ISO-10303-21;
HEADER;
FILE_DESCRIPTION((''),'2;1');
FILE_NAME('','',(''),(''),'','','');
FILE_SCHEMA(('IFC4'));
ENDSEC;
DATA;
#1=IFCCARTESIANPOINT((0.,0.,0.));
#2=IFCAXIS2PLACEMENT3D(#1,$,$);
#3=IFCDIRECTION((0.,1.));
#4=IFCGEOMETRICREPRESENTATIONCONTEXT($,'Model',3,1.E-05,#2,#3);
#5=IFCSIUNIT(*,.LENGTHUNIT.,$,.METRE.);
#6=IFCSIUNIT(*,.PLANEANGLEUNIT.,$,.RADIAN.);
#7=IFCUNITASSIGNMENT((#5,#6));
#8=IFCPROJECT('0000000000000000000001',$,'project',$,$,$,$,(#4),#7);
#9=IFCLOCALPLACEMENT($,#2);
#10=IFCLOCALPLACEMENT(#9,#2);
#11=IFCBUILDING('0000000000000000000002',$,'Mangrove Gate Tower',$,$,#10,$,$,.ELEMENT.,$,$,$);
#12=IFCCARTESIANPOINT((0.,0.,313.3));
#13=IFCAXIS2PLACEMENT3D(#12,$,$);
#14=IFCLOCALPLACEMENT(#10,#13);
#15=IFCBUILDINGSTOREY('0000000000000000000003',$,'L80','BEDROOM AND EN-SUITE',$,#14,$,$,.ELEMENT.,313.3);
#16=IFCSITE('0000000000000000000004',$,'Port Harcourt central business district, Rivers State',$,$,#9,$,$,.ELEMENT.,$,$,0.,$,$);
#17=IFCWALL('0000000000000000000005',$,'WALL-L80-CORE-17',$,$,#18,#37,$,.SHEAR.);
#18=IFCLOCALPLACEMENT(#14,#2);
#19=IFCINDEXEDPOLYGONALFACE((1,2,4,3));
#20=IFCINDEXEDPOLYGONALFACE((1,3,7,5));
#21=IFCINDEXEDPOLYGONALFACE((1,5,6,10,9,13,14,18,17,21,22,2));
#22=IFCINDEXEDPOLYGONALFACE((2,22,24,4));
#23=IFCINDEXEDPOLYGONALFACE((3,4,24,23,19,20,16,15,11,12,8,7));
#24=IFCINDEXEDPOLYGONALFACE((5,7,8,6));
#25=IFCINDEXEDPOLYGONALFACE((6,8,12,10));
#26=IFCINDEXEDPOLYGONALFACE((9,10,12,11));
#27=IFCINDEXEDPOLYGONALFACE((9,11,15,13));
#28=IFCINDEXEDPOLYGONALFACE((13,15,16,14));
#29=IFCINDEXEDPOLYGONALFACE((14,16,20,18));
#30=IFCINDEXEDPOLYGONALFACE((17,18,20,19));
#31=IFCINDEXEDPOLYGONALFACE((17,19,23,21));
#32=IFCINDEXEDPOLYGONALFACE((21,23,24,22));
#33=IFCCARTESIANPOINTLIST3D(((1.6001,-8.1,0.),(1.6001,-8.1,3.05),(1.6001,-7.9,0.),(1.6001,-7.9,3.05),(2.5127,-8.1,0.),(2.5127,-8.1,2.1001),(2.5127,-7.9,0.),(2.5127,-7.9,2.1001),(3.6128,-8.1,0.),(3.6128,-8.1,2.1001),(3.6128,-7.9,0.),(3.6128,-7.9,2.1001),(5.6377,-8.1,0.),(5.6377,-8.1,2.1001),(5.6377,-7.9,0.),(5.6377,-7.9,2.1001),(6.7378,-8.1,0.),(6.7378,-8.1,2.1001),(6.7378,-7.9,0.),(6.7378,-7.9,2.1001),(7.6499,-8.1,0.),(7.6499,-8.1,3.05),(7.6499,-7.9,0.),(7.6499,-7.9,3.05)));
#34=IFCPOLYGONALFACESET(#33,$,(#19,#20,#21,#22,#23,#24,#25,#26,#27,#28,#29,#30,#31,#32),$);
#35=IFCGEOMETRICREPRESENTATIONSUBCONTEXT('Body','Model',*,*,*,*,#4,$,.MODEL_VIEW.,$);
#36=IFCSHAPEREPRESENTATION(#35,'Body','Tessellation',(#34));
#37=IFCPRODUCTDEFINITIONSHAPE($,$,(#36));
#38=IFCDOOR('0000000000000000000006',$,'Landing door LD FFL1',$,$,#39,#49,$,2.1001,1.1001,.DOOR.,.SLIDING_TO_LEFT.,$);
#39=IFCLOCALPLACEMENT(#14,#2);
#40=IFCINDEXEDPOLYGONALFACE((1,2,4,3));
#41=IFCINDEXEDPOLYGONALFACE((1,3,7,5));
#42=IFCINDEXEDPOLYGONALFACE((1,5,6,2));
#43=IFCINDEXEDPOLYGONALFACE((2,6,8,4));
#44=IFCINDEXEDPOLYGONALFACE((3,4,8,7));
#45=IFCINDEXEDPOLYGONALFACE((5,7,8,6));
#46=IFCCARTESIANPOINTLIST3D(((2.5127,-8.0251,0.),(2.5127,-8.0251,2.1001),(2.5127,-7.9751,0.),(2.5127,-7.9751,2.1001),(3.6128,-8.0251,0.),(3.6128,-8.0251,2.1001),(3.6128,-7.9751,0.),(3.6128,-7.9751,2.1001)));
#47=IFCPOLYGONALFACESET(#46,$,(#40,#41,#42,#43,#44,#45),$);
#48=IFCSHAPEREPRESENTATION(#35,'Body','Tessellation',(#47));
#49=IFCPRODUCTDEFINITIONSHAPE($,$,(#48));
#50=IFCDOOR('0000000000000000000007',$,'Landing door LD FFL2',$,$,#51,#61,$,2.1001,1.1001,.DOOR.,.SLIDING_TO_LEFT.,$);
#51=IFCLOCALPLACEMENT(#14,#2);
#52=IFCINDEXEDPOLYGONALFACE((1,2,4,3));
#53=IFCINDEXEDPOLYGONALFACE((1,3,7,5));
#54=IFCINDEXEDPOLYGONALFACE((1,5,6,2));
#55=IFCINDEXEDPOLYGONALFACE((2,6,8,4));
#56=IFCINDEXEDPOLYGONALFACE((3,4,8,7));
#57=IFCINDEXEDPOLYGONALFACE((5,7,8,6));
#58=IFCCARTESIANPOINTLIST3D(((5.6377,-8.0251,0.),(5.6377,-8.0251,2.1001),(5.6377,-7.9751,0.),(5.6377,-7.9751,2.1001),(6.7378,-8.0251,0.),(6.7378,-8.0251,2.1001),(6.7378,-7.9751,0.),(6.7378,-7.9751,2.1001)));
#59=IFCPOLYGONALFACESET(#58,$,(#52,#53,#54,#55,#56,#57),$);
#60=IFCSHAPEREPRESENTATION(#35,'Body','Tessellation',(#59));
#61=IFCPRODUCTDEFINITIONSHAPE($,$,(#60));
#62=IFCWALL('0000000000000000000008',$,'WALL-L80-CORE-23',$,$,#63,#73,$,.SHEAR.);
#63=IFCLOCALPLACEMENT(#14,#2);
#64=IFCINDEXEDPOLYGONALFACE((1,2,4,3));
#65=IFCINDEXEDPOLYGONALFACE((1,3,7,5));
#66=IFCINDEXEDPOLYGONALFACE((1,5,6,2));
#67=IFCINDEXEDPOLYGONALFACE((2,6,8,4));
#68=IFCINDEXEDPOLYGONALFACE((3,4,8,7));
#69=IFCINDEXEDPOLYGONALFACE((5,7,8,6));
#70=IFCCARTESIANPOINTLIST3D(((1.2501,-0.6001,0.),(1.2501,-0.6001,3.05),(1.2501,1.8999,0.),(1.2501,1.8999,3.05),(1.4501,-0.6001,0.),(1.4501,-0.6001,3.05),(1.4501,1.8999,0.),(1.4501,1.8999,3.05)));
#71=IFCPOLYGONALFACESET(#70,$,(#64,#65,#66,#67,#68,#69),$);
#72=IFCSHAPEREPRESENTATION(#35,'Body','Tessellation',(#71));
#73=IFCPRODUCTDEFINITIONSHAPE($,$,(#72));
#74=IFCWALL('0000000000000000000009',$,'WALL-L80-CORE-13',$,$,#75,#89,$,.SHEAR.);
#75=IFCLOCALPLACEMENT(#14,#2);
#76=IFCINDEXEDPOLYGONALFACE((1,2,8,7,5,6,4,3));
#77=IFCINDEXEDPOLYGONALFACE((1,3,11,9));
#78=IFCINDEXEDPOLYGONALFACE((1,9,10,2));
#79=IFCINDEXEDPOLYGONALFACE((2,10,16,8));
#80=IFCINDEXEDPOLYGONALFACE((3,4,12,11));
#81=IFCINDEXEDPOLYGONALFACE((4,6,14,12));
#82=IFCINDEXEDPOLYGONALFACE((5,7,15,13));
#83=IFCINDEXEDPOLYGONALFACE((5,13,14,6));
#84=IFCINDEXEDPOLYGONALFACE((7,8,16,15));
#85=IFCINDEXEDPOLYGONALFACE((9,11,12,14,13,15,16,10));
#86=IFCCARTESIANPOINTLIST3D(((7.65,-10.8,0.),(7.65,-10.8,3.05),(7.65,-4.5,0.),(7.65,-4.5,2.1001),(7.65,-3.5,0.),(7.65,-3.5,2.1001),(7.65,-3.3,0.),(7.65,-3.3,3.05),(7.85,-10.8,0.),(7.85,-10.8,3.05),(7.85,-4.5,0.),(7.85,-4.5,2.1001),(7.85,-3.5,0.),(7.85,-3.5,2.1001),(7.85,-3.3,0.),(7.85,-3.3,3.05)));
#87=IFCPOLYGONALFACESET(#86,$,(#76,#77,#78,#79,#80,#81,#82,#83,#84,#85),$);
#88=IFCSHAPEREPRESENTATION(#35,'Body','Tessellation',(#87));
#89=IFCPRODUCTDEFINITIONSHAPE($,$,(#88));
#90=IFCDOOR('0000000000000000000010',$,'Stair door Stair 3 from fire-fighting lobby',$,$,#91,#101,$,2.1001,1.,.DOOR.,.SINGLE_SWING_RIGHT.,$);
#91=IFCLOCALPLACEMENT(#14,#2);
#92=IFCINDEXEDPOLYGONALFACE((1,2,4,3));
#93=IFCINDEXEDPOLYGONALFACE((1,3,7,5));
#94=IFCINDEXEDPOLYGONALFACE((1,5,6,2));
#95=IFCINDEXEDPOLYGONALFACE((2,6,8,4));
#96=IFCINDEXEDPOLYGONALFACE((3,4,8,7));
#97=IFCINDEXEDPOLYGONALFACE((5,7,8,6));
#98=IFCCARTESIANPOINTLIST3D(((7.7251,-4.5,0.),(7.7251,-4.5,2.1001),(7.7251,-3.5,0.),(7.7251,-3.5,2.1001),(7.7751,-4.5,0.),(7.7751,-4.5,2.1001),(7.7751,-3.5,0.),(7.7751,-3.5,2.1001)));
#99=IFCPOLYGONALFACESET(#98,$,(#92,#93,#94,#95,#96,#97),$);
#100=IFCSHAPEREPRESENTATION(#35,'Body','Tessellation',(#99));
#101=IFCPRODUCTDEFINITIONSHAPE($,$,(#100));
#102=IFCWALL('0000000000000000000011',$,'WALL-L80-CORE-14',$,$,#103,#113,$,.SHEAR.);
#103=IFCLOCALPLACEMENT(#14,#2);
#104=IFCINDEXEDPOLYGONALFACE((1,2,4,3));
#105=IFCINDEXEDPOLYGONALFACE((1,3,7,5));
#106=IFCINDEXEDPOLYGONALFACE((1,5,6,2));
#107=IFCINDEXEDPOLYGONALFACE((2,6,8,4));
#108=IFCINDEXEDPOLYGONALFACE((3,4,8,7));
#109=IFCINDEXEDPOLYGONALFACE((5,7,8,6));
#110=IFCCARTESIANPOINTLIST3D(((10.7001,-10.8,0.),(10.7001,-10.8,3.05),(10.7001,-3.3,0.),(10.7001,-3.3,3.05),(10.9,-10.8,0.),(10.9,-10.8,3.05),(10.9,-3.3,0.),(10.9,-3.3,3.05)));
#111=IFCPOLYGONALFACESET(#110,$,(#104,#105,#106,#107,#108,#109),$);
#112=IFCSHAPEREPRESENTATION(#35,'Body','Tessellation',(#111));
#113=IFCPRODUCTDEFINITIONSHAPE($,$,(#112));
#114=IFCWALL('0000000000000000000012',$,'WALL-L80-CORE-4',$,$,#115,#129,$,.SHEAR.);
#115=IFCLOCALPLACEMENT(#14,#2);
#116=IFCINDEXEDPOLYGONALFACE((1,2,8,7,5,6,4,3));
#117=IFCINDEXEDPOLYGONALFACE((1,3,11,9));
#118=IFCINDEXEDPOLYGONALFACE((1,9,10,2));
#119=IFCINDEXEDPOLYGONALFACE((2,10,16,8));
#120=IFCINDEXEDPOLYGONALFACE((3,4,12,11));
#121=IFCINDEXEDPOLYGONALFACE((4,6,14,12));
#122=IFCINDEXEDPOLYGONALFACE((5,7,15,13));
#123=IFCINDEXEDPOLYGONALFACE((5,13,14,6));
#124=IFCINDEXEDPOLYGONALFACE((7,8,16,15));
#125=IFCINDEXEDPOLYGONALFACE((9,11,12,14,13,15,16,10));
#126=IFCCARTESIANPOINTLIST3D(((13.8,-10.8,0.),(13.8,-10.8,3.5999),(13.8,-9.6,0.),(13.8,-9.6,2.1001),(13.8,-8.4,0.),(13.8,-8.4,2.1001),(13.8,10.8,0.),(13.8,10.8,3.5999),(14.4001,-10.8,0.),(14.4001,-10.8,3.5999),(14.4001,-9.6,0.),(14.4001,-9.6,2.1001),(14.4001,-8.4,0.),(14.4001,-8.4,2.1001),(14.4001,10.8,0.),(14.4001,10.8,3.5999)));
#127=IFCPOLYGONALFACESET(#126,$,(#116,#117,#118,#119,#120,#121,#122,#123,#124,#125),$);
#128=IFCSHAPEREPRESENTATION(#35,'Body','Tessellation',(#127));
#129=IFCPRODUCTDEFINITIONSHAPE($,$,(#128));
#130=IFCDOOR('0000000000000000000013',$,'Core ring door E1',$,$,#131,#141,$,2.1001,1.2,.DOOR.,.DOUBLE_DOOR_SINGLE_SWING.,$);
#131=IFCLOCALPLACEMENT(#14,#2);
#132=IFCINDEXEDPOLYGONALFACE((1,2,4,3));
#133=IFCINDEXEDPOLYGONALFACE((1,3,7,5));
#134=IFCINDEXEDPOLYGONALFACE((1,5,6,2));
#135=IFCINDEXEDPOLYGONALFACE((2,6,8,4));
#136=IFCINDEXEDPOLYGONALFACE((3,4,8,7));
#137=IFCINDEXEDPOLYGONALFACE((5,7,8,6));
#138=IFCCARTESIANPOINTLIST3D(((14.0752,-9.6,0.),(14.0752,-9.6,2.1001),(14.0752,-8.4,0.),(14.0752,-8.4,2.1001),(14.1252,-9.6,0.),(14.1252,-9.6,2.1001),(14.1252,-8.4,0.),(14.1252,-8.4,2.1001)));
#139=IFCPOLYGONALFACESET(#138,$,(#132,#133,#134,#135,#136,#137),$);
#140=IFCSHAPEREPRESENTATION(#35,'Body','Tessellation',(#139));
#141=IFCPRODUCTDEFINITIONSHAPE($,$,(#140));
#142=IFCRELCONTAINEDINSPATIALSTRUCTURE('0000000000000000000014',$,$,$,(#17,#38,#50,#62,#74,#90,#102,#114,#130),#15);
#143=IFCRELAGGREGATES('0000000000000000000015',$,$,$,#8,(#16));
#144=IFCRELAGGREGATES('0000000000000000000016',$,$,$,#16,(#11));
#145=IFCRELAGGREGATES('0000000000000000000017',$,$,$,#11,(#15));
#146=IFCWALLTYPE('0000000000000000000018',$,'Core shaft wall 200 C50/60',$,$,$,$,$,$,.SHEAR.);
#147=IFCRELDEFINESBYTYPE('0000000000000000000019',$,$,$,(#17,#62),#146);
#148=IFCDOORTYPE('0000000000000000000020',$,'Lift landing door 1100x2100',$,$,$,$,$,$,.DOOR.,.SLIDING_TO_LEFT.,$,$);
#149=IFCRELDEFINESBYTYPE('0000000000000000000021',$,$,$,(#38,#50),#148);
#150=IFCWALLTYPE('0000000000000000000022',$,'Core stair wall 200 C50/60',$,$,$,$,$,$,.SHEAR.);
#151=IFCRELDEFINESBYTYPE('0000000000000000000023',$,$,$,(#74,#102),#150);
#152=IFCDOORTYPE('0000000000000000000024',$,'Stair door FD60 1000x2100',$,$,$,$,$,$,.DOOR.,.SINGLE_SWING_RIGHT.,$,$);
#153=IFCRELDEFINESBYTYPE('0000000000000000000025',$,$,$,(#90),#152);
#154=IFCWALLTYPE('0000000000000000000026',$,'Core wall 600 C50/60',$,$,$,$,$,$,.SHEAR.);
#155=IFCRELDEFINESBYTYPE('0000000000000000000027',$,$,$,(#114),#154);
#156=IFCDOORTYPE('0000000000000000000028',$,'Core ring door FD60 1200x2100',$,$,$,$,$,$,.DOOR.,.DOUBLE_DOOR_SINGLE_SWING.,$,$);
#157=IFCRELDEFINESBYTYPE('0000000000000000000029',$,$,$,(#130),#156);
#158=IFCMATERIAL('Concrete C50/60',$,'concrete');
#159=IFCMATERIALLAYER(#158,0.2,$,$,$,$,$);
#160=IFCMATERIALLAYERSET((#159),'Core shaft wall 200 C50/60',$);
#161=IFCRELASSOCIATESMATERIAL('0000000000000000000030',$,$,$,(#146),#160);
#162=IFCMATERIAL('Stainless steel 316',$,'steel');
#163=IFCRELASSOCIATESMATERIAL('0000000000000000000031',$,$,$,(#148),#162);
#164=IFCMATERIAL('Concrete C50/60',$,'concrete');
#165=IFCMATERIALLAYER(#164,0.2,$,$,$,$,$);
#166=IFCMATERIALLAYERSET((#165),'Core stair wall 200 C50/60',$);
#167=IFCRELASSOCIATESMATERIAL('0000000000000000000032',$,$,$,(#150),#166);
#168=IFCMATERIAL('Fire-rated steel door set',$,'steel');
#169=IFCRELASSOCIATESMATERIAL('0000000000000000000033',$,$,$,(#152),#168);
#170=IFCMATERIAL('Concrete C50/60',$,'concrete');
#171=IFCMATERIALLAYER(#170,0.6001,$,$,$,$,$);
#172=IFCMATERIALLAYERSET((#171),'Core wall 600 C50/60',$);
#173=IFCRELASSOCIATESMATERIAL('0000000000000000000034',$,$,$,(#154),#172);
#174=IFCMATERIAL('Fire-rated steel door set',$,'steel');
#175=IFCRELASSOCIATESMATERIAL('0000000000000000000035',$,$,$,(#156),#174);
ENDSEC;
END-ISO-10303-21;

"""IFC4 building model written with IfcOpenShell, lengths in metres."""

from ifc_helpers import new_model, si_unit, direction, frame, frame_2d, origin, place, context, subcontext, project, spatial, rectangle, extrude, material, layer, layer_set, type_object, element, fill, save


model = new_model("IFC4")

# Units and contexts
model_context = context("Model", 3, precision=1e-05, world=origin(), true_north=direction((0.0, 1.0)))
body_context = subcontext(model_context, "Body", "Model", "MODEL_VIEW")
ifc_project = project(units=[si_unit("LENGTHUNIT", "METRE"), si_unit("PLANEANGLEUNIT", "RADIAN")], contexts=[model_context])

# Site, building, storey
site_placement = place(None, origin())
site = spatial("IfcSite", under=ifc_project, at=site_placement, Name="Port Harcourt central business district, Rivers State", CompositionType="ELEMENT", RefElevation=0.0)
building_placement = place(site_placement, origin())
building = spatial("IfcBuilding", under=site, at=building_placement, Name="Mangrove Gate Tower", CompositionType="ELEMENT")
storey_placement = place(building_placement, frame((0.0, 0.0, 313.3)))
storey = spatial("IfcBuildingStorey", under=building, at=storey_placement, Name="L80", Description="BEDROOM AND EN-SUITE", CompositionType="ELEMENT", Elevation=313.3)

# Wall, openings, doors
ifc_material_1 = material(Name="Concrete C50/60", Category="concrete")
ifc_layer_1 = layer(ifc_material_1, 0.2)
ifc_layer_set_1 = layer_set([ifc_layer_1], Name="Core shaft wall 200 C50/60")
wall_type_1 = type_object("IfcWallType", Name="Core shaft wall 200 C50/60", PredefinedType="SHEAR", material=ifc_layer_set_1)
wall_1_placement = place(storey_placement, frame((1.6001, -8.0, 0.0), z_axis=(0.0, 0.0, 1.0), x_axis=(1.0, 0.0, 0.0)))
wall_1 = element("IfcWall", 1, at=wall_1_placement, inside=storey, type_object=wall_type_1, Name="WALL-L80-CORE-17", PredefinedType="SHEAR", context=body_context, shape_type="SweptSolid", body=[
    extrude(rectangle(XDim=6.0498, YDim=0.2, at=frame_2d((3.0249, 0.0))), origin(), (0.0, 0.0, 1.0), 3.05),
])
opening_1_placement = place(wall_1_placement, frame((0.9126, 0.0, 0.0)))
opening_1 = element("IfcOpeningElement", 2, at=opening_1_placement, cuts=wall_1, PredefinedType="OPENING", context=body_context, shape_type="SweptSolid", body=[
    extrude(rectangle(XDim=1.1001, YDim=2.1001, at=frame_2d((0.55, 1.05))), frame((0.0, 0.1099, 0.0), z_axis=(0.0, -1.0, 0.0), x_axis=(1.0, 0.0, 0.0)), (0.0, 0.0, 1.0), 0.22),
])
opening_2_placement = place(wall_1_placement, frame((4.0376, 0.0, 0.0)))
opening_2 = element("IfcOpeningElement", 3, at=opening_2_placement, cuts=wall_1, PredefinedType="OPENING", context=body_context, shape_type="SweptSolid", body=[
    extrude(rectangle(XDim=1.1001, YDim=2.1001, at=frame_2d((0.55, 1.05))), frame((0.0, 0.1099, 0.0), z_axis=(0.0, -1.0, 0.0), x_axis=(1.0, 0.0, 0.0)), (0.0, 0.0, 1.0), 0.22),
])
ifc_material_2 = material(Name="Stainless steel 316", Category="steel")
door_type_1 = type_object("IfcDoorType", Name="Lift landing door 1100x2100", OperationType="SLIDING_TO_LEFT", PredefinedType="DOOR", material=ifc_material_2)
door_1_placement = place(opening_1_placement, origin())
door_1 = element("IfcDoor", 4, at=door_1_placement, inside=storey, type_object=door_type_1, Name="Landing door LD FFL1", OperationType="SLIDING_TO_LEFT", OverallHeight=2.1001, OverallWidth=1.1001, PredefinedType="DOOR", context=body_context, shape_type="SweptSolid", body=[
    extrude(rectangle(XDim=1.1001, YDim=2.1001, at=frame_2d((0.55, 1.05))), frame((0.0, 0.0249, 0.0), z_axis=(0.0, -1.0, 0.0), x_axis=(1.0, 0.0, 0.0)), (0.0, 0.0, 1.0), 0.05),
])
fill(opening_1, door_1)
door_2_placement = place(opening_2_placement, origin())
door_2 = element("IfcDoor", 5, at=door_2_placement, inside=storey, type_object=door_type_1, Name="Landing door LD FFL2", OperationType="SLIDING_TO_LEFT", OverallHeight=2.1001, OverallWidth=1.1001, PredefinedType="DOOR", context=body_context, shape_type="SweptSolid", body=[
    extrude(rectangle(XDim=1.1001, YDim=2.1001, at=frame_2d((0.55, 1.05))), frame((0.0, 0.0249, 0.0), z_axis=(0.0, -1.0, 0.0), x_axis=(1.0, 0.0, 0.0)), (0.0, 0.0, 1.0), 0.05),
])
fill(opening_2, door_2)

# Wall
wall_2_placement = place(storey_placement, frame((1.3501, -0.6001, 0.0), z_axis=(0.0, 0.0, 1.0), x_axis=(0.0, 1.0, 0.0)))
element("IfcWall", 6, at=wall_2_placement, inside=storey, type_object=wall_type_1, Name="WALL-L80-CORE-23", PredefinedType="SHEAR", context=body_context, shape_type="SweptSolid", body=[
    extrude(rectangle(XDim=2.5, YDim=0.2, at=frame_2d((1.25, 0.0))), origin(), (0.0, 0.0, 1.0), 3.05),
])

# Wall, opening, door
ifc_material_3 = material(Name="Concrete C50/60", Category="concrete")
ifc_layer_2 = layer(ifc_material_3, 0.2)
ifc_layer_set_2 = layer_set([ifc_layer_2], Name="Core stair wall 200 C50/60")
wall_type_2 = type_object("IfcWallType", Name="Core stair wall 200 C50/60", PredefinedType="SHEAR", material=ifc_layer_set_2)
wall_3_placement = place(storey_placement, frame((7.75, -10.8, 0.0), z_axis=(0.0, 0.0, 1.0), x_axis=(0.0, 1.0, 0.0)))
wall_3 = element("IfcWall", 7, at=wall_3_placement, inside=storey, type_object=wall_type_2, Name="WALL-L80-CORE-13", PredefinedType="SHEAR", context=body_context, shape_type="SweptSolid", body=[
    extrude(rectangle(XDim=7.5, YDim=0.2, at=frame_2d((3.75, 0.0))), origin(), (0.0, 0.0, 1.0), 3.05),
])
opening_3_placement = place(wall_3_placement, frame((6.3, 0.0, 0.0)))
opening_3 = element("IfcOpeningElement", 8, at=opening_3_placement, cuts=wall_3, PredefinedType="OPENING", context=body_context, shape_type="SweptSolid", body=[
    extrude(rectangle(XDim=1.0, YDim=2.1001, at=frame_2d((0.5, 1.05))), frame((0.0, 0.1099, 0.0), z_axis=(0.0, -1.0, 0.0), x_axis=(1.0, 0.0, 0.0)), (0.0, 0.0, 1.0), 0.22),
])
ifc_material_4 = material(Name="Fire-rated steel door set", Category="steel")
door_type_2 = type_object("IfcDoorType", Name="Stair door FD60 1000x2100", OperationType="SINGLE_SWING_RIGHT", PredefinedType="DOOR", material=ifc_material_4)
door_3_placement = place(opening_3_placement, origin())
door_3 = element("IfcDoor", 9, at=door_3_placement, inside=storey, type_object=door_type_2, Name="Stair door Stair 3 from fire-fighting lobby", OperationType="SINGLE_SWING_RIGHT", OverallHeight=2.1001, OverallWidth=1.0, PredefinedType="DOOR", context=body_context, shape_type="SweptSolid", body=[
    extrude(rectangle(XDim=1.0, YDim=2.1001, at=frame_2d((0.5, 1.05))), frame((0.0, 0.0249, 0.0), z_axis=(0.0, -1.0, 0.0), x_axis=(1.0, 0.0, 0.0)), (0.0, 0.0, 1.0), 0.05),
])
fill(opening_3, door_3)

# Wall
wall_4_placement = place(storey_placement, frame((10.8, -10.8, 0.0), z_axis=(0.0, 0.0, 1.0), x_axis=(0.0, 1.0, 0.0)))
element("IfcWall", 10, at=wall_4_placement, inside=storey, type_object=wall_type_2, Name="WALL-L80-CORE-14", PredefinedType="SHEAR", context=body_context, shape_type="SweptSolid", body=[
    extrude(rectangle(XDim=7.5, YDim=0.2, at=frame_2d((3.75, 0.0))), origin(), (0.0, 0.0, 1.0), 3.05),
])

# Wall, opening, door
ifc_material_5 = material(Name="Concrete C50/60", Category="concrete")
ifc_layer_3 = layer(ifc_material_5, 0.6001)
ifc_layer_set_3 = layer_set([ifc_layer_3], Name="Core wall 600 C50/60")
wall_type_3 = type_object("IfcWallType", Name="Core wall 600 C50/60", PredefinedType="SHEAR", material=ifc_layer_set_3)
wall_5_placement = place(storey_placement, frame((14.1001, -10.8, 0.0), z_axis=(0.0, 0.0, 1.0), x_axis=(0.0, 1.0, 0.0)))
wall_5 = element("IfcWall", 11, at=wall_5_placement, inside=storey, type_object=wall_type_3, Name="WALL-L80-CORE-4", PredefinedType="SHEAR", context=body_context, shape_type="SweptSolid", body=[
    extrude(rectangle(XDim=21.6001, YDim=0.6001, at=frame_2d((10.8, 0.0))), origin(), (0.0, 0.0, 1.0), 3.5999),
])
opening_4_placement = place(wall_5_placement, frame((1.2, 0.0, 0.0)))
opening_4 = element("IfcOpeningElement", 12, at=opening_4_placement, cuts=wall_5, PredefinedType="OPENING", context=body_context, shape_type="SweptSolid", body=[
    extrude(rectangle(XDim=1.2, YDim=2.1001, at=frame_2d((0.6001, 1.05))), frame((0.0, 0.3101, 0.0), z_axis=(0.0, -1.0, 0.0), x_axis=(1.0, 0.0, 0.0)), (0.0, 0.0, 1.0), 0.6201),
])
ifc_material_6 = material(Name="Fire-rated steel door set", Category="steel")
door_type_3 = type_object("IfcDoorType", Name="Core ring door FD60 1200x2100", OperationType="DOUBLE_DOOR_SINGLE_SWING", PredefinedType="DOOR", material=ifc_material_6)
door_4_placement = place(opening_4_placement, origin())
door_4 = element("IfcDoor", 13, at=door_4_placement, inside=storey, type_object=door_type_3, Name="Core ring door E1", OperationType="DOUBLE_DOOR_SINGLE_SWING", OverallHeight=2.1001, OverallWidth=1.2, PredefinedType="DOOR", context=body_context, shape_type="SweptSolid", body=[
    extrude(rectangle(XDim=1.2, YDim=2.1001, at=frame_2d((0.6001, 1.05))), frame((0.0, 0.0249, 0.0), z_axis=(0.0, -1.0, 0.0), x_axis=(1.0, 0.0, 0.0)), (0.0, 0.0, 1.0), 0.05),
])
fill(opening_4, door_4)

save(model, "model.ifc")
